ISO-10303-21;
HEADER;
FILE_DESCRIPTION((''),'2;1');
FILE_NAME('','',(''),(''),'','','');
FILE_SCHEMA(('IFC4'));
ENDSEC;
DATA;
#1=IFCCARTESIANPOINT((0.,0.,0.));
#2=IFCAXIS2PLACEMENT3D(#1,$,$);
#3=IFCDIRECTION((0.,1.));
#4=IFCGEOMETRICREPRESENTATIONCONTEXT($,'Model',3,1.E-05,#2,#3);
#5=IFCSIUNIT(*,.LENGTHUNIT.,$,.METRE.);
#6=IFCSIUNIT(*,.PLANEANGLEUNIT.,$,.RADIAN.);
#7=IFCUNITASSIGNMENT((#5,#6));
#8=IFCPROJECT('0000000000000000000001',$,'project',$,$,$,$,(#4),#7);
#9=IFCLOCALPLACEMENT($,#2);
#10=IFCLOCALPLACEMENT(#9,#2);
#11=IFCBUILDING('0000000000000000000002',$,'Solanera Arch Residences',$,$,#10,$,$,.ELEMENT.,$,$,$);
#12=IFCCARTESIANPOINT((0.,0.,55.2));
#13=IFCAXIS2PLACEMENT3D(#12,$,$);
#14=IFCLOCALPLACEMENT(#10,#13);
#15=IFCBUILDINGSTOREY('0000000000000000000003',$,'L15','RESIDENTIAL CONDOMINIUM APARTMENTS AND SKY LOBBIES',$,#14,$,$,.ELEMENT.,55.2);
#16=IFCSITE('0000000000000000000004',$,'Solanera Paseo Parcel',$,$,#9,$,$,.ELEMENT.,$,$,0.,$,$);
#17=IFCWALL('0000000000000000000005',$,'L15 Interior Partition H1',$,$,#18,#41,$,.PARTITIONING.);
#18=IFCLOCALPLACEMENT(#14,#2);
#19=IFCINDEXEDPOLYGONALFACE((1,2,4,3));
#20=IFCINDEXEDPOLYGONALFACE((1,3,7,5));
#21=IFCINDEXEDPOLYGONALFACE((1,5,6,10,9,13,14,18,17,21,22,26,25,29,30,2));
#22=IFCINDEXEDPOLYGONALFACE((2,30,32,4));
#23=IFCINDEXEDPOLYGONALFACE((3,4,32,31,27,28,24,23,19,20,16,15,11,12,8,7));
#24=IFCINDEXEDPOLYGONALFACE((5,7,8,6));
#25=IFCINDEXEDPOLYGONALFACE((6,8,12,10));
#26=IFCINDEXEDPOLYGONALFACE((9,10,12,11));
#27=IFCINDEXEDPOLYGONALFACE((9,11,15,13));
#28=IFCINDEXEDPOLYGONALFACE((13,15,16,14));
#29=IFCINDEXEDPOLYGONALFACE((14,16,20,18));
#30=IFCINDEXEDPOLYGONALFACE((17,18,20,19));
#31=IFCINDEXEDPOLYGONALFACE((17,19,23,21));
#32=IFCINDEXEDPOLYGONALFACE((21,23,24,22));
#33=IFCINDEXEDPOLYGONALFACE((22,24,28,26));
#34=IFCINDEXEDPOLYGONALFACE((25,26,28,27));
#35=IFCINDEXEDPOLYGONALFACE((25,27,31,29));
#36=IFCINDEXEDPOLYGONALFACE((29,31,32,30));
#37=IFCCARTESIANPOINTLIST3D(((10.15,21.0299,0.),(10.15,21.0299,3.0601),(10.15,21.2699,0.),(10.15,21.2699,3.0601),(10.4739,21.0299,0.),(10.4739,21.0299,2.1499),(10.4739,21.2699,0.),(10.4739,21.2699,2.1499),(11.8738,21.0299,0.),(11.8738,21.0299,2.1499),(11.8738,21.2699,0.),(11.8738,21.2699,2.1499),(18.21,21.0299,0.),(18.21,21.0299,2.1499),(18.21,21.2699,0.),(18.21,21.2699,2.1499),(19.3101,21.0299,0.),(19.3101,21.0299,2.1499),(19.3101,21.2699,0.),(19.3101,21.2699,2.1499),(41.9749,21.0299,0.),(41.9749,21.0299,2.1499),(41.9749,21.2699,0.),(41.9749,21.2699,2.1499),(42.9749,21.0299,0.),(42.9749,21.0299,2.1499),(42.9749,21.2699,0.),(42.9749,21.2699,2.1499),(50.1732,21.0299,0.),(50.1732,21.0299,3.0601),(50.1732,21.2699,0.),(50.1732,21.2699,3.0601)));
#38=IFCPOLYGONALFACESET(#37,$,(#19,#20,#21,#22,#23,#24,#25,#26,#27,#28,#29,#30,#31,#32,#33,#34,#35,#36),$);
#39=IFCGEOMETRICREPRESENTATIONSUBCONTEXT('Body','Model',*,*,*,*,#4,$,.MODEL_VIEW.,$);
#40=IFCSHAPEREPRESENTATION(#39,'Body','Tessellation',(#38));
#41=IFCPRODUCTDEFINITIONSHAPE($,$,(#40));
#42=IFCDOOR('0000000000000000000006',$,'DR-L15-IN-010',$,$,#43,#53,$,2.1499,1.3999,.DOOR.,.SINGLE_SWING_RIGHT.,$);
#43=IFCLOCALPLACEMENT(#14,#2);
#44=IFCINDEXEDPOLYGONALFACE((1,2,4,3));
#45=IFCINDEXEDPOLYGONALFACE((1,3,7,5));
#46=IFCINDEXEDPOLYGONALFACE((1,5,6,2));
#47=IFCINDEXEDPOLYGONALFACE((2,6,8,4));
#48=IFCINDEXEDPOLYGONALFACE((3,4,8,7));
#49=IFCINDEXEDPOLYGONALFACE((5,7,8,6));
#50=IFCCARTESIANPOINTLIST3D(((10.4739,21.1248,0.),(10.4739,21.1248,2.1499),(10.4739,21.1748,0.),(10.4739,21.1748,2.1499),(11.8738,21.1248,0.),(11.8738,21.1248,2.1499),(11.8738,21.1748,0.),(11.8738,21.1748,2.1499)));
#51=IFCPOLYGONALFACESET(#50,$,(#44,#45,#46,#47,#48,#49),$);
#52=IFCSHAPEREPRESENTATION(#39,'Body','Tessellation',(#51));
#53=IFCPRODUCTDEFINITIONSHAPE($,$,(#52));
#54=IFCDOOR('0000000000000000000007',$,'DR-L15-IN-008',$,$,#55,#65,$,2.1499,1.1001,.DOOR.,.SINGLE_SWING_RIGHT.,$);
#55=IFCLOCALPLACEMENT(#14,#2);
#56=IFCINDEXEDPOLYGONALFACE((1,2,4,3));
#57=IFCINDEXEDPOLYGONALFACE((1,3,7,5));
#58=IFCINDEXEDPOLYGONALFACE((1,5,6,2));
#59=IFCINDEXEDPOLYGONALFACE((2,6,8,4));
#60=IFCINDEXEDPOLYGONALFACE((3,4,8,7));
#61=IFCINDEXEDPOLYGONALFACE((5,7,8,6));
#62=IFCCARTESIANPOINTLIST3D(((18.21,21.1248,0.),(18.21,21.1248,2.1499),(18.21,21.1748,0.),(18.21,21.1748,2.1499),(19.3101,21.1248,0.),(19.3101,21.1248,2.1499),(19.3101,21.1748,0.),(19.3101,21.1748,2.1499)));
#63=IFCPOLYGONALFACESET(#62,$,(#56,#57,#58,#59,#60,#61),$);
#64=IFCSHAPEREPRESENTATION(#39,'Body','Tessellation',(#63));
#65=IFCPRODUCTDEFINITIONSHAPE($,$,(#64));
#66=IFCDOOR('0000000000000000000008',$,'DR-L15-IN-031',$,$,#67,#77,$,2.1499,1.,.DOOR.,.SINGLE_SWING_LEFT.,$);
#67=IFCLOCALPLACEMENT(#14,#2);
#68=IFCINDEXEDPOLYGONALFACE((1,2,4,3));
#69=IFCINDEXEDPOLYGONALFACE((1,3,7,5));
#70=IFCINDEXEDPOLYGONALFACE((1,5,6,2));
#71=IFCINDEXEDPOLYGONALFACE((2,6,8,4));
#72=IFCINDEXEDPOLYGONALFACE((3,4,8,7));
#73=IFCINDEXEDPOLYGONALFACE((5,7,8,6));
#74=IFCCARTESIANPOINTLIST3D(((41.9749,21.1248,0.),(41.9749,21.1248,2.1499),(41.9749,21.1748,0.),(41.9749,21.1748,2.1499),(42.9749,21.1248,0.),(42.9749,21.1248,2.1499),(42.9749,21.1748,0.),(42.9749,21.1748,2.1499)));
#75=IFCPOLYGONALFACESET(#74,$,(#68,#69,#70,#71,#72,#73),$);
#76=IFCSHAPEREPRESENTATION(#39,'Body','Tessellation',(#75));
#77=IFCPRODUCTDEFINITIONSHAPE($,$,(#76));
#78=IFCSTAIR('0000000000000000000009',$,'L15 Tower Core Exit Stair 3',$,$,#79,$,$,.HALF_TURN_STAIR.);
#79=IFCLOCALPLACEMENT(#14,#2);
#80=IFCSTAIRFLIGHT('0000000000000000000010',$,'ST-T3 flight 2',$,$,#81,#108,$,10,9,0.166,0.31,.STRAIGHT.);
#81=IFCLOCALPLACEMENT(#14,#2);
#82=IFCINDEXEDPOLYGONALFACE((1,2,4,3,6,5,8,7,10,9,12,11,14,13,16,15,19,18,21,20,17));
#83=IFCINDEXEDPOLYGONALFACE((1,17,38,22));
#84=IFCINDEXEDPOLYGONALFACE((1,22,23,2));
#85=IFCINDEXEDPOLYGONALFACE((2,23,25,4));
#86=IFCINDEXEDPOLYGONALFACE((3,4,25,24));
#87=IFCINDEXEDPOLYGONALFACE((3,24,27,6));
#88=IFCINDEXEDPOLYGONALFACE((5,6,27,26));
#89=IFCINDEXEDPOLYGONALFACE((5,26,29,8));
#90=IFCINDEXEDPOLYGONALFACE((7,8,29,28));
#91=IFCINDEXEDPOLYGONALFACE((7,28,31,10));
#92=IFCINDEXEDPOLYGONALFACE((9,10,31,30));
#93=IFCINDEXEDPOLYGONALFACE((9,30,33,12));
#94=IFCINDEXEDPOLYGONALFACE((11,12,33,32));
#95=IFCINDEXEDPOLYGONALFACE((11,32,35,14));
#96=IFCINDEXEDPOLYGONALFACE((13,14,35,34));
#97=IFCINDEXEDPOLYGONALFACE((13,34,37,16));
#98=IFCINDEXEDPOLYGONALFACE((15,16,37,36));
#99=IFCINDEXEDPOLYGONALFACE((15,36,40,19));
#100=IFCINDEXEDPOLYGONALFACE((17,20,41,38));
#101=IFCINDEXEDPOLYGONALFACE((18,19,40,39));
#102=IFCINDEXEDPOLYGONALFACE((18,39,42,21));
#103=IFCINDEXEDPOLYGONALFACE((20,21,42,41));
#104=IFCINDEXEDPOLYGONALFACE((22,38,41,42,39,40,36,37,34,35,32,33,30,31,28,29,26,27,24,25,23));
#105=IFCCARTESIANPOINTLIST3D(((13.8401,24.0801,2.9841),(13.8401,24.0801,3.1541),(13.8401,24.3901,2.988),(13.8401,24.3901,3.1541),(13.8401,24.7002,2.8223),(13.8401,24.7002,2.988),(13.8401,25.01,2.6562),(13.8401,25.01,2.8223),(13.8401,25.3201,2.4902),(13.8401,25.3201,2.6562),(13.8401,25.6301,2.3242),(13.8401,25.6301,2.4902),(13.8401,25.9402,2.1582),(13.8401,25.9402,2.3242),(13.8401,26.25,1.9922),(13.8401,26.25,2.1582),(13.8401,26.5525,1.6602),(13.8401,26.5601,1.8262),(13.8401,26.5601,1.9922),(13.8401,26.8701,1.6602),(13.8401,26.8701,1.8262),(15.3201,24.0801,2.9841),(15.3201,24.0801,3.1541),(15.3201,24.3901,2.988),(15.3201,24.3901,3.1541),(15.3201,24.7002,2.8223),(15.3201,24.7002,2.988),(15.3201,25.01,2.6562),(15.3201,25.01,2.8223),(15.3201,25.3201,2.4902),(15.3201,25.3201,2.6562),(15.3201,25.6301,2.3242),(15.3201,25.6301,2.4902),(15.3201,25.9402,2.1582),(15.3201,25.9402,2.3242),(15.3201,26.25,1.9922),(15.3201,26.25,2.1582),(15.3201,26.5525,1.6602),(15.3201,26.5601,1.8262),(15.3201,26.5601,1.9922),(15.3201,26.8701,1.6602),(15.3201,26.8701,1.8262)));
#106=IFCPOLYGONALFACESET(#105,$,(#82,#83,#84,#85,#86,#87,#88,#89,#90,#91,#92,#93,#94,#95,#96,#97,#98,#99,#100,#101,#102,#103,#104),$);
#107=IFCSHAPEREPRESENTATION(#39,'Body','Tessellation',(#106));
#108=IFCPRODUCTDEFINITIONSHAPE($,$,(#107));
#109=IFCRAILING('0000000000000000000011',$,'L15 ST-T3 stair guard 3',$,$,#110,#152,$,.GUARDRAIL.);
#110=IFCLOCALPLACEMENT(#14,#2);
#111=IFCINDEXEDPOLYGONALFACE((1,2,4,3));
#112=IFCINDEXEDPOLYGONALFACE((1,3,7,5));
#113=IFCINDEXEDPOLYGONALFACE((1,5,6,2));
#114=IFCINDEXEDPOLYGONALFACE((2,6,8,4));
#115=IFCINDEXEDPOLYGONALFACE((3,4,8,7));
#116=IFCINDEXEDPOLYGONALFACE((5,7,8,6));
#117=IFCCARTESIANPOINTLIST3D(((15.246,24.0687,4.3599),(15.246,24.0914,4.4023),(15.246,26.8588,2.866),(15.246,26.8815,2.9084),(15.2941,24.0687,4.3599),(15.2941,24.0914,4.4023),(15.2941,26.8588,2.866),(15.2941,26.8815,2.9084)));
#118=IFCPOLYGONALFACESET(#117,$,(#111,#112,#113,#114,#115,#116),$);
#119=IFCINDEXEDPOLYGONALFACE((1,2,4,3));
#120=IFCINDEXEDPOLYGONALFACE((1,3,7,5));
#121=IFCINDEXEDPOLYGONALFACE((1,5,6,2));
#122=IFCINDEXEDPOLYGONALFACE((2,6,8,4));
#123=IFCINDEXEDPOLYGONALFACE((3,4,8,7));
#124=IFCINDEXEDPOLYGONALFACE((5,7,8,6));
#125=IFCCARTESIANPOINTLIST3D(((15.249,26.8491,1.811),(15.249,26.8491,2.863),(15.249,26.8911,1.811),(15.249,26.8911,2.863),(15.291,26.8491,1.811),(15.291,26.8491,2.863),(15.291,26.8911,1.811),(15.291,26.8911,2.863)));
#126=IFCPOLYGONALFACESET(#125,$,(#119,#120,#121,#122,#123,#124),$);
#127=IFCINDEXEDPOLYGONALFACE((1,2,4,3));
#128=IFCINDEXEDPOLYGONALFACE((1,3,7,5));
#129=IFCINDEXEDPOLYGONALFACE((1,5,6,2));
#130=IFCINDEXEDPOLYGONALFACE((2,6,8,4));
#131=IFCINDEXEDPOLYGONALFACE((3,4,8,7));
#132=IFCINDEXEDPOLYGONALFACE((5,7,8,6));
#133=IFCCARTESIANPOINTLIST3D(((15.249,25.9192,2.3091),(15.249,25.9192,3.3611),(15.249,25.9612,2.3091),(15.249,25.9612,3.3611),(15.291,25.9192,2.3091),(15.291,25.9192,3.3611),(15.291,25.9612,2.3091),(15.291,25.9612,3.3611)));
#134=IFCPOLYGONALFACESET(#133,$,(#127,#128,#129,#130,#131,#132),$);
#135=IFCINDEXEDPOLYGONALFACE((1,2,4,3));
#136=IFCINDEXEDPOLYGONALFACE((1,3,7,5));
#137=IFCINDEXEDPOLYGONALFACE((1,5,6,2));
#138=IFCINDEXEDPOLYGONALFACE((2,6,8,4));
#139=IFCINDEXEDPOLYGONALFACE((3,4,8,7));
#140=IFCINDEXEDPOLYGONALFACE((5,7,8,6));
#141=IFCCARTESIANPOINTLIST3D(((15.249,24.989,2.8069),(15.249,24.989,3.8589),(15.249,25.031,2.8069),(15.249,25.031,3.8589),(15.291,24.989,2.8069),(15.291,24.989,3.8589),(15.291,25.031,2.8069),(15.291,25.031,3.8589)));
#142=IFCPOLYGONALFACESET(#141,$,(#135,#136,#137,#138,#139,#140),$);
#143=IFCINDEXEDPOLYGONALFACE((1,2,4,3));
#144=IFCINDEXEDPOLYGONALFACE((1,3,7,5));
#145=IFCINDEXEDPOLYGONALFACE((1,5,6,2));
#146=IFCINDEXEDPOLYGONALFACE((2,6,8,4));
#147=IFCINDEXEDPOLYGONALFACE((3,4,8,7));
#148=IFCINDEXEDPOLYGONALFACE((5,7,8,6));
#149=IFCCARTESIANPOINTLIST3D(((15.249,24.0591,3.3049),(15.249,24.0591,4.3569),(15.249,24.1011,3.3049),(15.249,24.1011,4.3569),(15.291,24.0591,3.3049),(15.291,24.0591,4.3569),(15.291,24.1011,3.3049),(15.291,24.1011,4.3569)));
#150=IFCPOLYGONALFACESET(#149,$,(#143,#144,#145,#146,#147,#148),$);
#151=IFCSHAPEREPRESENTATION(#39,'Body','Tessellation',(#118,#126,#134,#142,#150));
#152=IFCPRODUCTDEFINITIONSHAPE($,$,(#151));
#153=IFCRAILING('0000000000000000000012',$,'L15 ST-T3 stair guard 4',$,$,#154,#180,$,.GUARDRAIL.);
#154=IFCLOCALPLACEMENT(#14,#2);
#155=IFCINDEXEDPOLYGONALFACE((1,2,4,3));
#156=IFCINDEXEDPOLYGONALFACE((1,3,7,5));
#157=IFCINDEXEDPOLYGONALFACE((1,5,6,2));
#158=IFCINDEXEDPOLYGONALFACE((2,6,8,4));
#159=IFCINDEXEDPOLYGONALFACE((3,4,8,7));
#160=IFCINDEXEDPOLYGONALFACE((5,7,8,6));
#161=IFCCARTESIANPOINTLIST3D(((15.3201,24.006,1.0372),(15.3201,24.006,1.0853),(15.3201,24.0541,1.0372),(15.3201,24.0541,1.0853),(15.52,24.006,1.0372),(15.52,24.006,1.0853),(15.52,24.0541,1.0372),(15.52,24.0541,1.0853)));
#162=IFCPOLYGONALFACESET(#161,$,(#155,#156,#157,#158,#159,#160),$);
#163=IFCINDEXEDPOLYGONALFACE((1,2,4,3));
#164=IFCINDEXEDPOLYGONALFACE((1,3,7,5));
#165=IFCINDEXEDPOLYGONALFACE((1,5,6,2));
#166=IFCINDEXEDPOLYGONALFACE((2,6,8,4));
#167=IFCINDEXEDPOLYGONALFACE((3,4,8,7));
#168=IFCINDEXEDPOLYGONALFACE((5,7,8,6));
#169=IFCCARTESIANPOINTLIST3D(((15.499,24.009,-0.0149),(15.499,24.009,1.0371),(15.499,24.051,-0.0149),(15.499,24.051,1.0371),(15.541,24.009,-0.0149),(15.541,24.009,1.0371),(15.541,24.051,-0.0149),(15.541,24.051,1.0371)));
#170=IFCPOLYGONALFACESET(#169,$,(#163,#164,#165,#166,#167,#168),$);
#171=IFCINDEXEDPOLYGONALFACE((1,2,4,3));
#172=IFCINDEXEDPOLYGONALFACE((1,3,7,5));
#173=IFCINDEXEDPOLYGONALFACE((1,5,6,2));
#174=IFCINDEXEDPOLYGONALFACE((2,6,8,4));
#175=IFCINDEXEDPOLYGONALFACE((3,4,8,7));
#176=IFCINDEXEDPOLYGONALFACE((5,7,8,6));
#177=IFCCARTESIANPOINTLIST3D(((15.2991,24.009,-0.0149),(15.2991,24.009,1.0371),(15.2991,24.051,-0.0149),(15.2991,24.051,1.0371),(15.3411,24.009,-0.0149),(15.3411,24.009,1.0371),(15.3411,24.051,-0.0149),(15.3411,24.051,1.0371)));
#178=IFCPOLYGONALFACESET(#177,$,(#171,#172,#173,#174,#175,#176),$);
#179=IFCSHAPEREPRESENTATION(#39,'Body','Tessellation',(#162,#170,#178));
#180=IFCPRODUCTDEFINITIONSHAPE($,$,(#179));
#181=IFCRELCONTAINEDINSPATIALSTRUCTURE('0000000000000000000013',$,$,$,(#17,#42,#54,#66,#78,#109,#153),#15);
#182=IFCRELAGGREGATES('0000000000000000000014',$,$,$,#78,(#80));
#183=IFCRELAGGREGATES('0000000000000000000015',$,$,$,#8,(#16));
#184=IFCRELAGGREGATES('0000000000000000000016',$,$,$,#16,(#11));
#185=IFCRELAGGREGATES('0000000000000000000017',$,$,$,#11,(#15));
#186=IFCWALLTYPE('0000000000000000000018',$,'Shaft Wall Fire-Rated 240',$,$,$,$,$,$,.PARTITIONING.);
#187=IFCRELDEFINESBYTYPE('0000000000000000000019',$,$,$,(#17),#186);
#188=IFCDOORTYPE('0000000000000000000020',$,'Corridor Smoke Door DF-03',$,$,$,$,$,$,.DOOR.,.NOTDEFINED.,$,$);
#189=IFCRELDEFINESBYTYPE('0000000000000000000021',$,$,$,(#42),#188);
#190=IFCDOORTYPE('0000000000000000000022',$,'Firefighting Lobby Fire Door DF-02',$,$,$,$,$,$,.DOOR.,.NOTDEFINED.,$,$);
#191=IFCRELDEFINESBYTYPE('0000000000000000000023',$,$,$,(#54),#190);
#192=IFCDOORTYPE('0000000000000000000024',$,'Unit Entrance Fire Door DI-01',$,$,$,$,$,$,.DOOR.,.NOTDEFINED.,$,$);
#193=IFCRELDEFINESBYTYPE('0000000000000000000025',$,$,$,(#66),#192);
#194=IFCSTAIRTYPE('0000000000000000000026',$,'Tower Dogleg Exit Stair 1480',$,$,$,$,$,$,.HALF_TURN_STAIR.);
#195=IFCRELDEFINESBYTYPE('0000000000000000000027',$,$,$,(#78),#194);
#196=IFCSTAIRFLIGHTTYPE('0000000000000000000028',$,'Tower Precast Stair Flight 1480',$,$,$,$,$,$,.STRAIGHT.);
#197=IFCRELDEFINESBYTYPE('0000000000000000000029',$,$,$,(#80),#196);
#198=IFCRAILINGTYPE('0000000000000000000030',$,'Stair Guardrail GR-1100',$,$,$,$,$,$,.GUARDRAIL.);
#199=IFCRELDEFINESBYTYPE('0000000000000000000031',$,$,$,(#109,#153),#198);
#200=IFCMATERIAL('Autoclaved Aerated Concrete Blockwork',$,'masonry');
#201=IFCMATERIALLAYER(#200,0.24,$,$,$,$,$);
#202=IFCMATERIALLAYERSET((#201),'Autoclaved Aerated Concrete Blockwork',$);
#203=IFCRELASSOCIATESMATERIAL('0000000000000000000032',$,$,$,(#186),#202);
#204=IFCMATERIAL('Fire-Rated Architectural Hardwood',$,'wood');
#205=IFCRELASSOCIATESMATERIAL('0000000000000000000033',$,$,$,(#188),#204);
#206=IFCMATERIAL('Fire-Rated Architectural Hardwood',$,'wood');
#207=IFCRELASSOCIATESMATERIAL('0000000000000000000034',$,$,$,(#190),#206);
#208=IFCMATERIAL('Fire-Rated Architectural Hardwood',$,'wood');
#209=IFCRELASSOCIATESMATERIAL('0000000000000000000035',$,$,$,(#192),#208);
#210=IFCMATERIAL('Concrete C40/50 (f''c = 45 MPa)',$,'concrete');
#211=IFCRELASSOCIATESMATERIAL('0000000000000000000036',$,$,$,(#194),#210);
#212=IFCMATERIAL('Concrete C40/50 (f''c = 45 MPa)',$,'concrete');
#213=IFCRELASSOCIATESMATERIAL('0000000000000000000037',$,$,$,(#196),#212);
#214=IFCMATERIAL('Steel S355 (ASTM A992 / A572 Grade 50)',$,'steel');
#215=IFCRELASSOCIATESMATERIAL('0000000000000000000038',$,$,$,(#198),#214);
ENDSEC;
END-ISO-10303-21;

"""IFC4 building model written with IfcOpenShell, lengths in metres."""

from ifc_helpers import new_model, si_unit, direction, frame, frame_2d, origin, origin_2d, place, context, subcontext, project, spatial, polyline, rectangle, outline, extrude, material, layer, layer_set, type_object, element, fill, aggregate, save


model = new_model("IFC4")

# Units and contexts
model_context = context("Model", 3, precision=1e-05, world=origin(), true_north=direction((0.0, 1.0)))
body_context = subcontext(model_context, "Body", "Model", "MODEL_VIEW")
ifc_project = project(units=[si_unit("LENGTHUNIT", "METRE"), si_unit("PLANEANGLEUNIT", "RADIAN")], contexts=[model_context])

# Site, building, storey
site_placement = place(None, origin())
site = spatial("IfcSite", under=ifc_project, at=site_placement, Name="Solanera Paseo Parcel", CompositionType="ELEMENT", RefElevation=0.0)
building_placement = place(site_placement, origin())
building = spatial("IfcBuilding", under=site, at=building_placement, Name="Solanera Arch Residences", CompositionType="ELEMENT")
storey_placement = place(building_placement, frame((0.0, 0.0, 55.2)))
storey = spatial("IfcBuildingStorey", under=building, at=storey_placement, Name="L15", Description="RESIDENTIAL CONDOMINIUM APARTMENTS AND SKY LOBBIES", CompositionType="ELEMENT", Elevation=55.2)

# Wall, openings, doors
ifc_material_1 = material(Name="Autoclaved Aerated Concrete Blockwork", Category="masonry")
ifc_layer_1 = layer(ifc_material_1, 0.24)
ifc_layer_set_1 = layer_set([ifc_layer_1], Name="Autoclaved Aerated Concrete Blockwork")
wall_type_1 = type_object("IfcWallType", Name="Shaft Wall Fire-Rated 240", PredefinedType="PARTITIONING", material=ifc_layer_set_1)
wall_1_placement = place(storey_placement, frame((10.1499, 21.1499, 0.0), z_axis=(0.0, 0.0, 1.0), x_axis=(1.0, 0.0, 0.0)))
wall_1 = element("IfcWall", 1, at=wall_1_placement, inside=storey, type_object=wall_type_1, Name="L15 Interior Partition H1", PredefinedType="PARTITIONING", context=body_context, shape_type="SweptSolid", body=[
    extrude(rectangle(XDim=40.0232, YDim=0.24, at=frame_2d((20.0117, 0.0))), origin(), (0.0, 0.0, 1.0), 3.0601),
])
opening_1_placement = place(wall_1_placement, frame((8.0601, 0.0, 0.0)))
opening_1 = element("IfcOpeningElement", 2, at=opening_1_placement, cuts=wall_1, PredefinedType="OPENING", context=body_context, shape_type="SweptSolid", body=[
    extrude(rectangle(XDim=1.1001, YDim=2.1499, at=frame_2d((0.55, 1.075))), frame((0.0, 0.1299, 0.0), z_axis=(0.0, -1.0, 0.0), x_axis=(1.0, 0.0, 0.0)), (0.0, 0.0, 1.0), 0.26),
])
opening_2_placement = place(wall_1_placement, frame((0.324, 0.0, 0.0)))
opening_2 = element("IfcOpeningElement", 3, at=opening_2_placement, cuts=wall_1, PredefinedType="OPENING", context=body_context, shape_type="SweptSolid", body=[
    extrude(rectangle(XDim=1.3999, YDim=2.1499, at=frame_2d((0.7, 1.075))), frame((0.0, 0.1299, 0.0), z_axis=(0.0, -1.0, 0.0), x_axis=(1.0, 0.0, 0.0)), (0.0, 0.0, 1.0), 0.26),
])
opening_3_placement = place(wall_1_placement, frame((31.825, 0.0, 0.0)))
opening_3 = element("IfcOpeningElement", 4, at=opening_3_placement, cuts=wall_1, PredefinedType="OPENING", context=body_context, shape_type="SweptSolid", body=[
    extrude(rectangle(XDim=1.0, YDim=2.1499, at=frame_2d((0.5, 1.075))), frame((0.0, 0.1299, 0.0), z_axis=(0.0, -1.0, 0.0), x_axis=(1.0, 0.0, 0.0)), (0.0, 0.0, 1.0), 0.26),
])
ifc_material_2 = material(Name="Fire-Rated Architectural Hardwood", Category="wood")
door_type_1 = type_object("IfcDoorType", Name="Corridor Smoke Door DF-03", OperationType="NOTDEFINED", PredefinedType="DOOR", material=ifc_material_2)
door_1_placement = place(opening_2_placement, origin())
door_1 = element("IfcDoor", 5, at=door_1_placement, inside=storey, type_object=door_type_1, Name="DR-L15-IN-010", OperationType="SINGLE_SWING_RIGHT", OverallHeight=2.1499, OverallWidth=1.3999, PredefinedType="DOOR", context=body_context, shape_type="SweptSolid", body=[
    extrude(rectangle(XDim=1.3999, YDim=2.1499, at=frame_2d((0.7, 1.075))), frame((0.0, 0.0249, 0.0), z_axis=(0.0, -1.0, 0.0), x_axis=(1.0, 0.0, 0.0)), (0.0, 0.0, 1.0), 0.05),
])
fill(opening_2, door_1)
ifc_material_3 = material(Name="Fire-Rated Architectural Hardwood", Category="wood")
door_type_2 = type_object("IfcDoorType", Name="Firefighting Lobby Fire Door DF-02", OperationType="NOTDEFINED", PredefinedType="DOOR", material=ifc_material_3)
door_2_placement = place(opening_1_placement, origin())
door_2 = element("IfcDoor", 6, at=door_2_placement, inside=storey, type_object=door_type_2, Name="DR-L15-IN-008", OperationType="SINGLE_SWING_RIGHT", OverallHeight=2.1499, OverallWidth=1.1001, PredefinedType="DOOR", context=body_context, shape_type="SweptSolid", body=[
    extrude(rectangle(XDim=1.1001, YDim=2.1499, at=frame_2d((0.55, 1.075))), frame((0.0, 0.0249, 0.0), z_axis=(0.0, -1.0, 0.0), x_axis=(1.0, 0.0, 0.0)), (0.0, 0.0, 1.0), 0.05),
])
fill(opening_1, door_2)
ifc_material_4 = material(Name="Fire-Rated Architectural Hardwood", Category="wood")
door_type_3 = type_object("IfcDoorType", Name="Unit Entrance Fire Door DI-01", OperationType="NOTDEFINED", PredefinedType="DOOR", material=ifc_material_4)
door_3_placement = place(opening_3_placement, origin())
door_3 = element("IfcDoor", 7, at=door_3_placement, inside=storey, type_object=door_type_3, Name="DR-L15-IN-031", OperationType="SINGLE_SWING_LEFT", OverallHeight=2.1499, OverallWidth=1.0, PredefinedType="DOOR", context=body_context, shape_type="SweptSolid", body=[
    extrude(rectangle(XDim=1.0, YDim=2.1499, at=frame_2d((0.5, 1.075))), frame((0.0, 0.0249, 0.0), z_axis=(0.0, -1.0, 0.0), x_axis=(1.0, 0.0, 0.0)), (0.0, 0.0, 1.0), 0.05),
])
fill(opening_3, door_3)

# Stair, stair flight
ifc_material_5 = material(Name="Concrete C40/50 (f'c = 45 MPa)", Category="concrete")
stair_type = type_object("IfcStairType", Name="Tower Dogleg Exit Stair 1480", PredefinedType="HALF_TURN_STAIR", material=ifc_material_5)
stair_placement = place(storey_placement, origin())
stair = element("IfcStair", 8, at=stair_placement, inside=storey, type_object=stair_type, Name="L15 Tower Core Exit Stair 3", PredefinedType="HALF_TURN_STAIR")
ifc_material_6 = material(Name="Concrete C40/50 (f'c = 45 MPa)", Category="concrete")
stair_flight_type = type_object("IfcStairFlightType", Name="Tower Precast Stair Flight 1480", PredefinedType="STRAIGHT", material=ifc_material_6)
stair_flight_placement = place(storey_placement, frame((14.5801, 26.8701, 1.6602), z_axis=(0.0, 0.0, 1.0), x_axis=(0.0, -1.0, 0.0)))
stair_flight = element("IfcStairFlight", 9, at=stair_flight_placement, type_object=stair_flight_type, Name="ST-T3 flight 2", NumberOfRisers=10, NumberOfTreads=9, PredefinedType="STRAIGHT", RiserHeight=0.166, TreadLength=0.31, context=body_context, shape_type="SweptSolid", body=[
    extrude(outline(polyline([(0.0, 0.0), (0.0, 0.166), (0.3101, 0.166), (0.3101, 0.332), (0.6201, 0.332), (0.6201, 0.498), (0.9299, 0.498), (0.9299, 0.6641), (1.24, 0.6641), (1.24, 0.8301), (1.55, 0.8301), (1.55, 0.9961), (1.8601, 0.9961), (1.8601, 1.1621), (2.1699, 1.1621), (2.1699, 1.3279), (2.48, 1.3279), (2.48, 1.4939), (2.79, 1.4939), (2.79, 1.6599), (2.79, 1.324), (0.3176, 0.0), (0.0, 0.0)])), frame((0.0, 0.74, 0.0), z_axis=(0.0, -1.0, 0.0), x_axis=(1.0, 0.0, 0.0)), (0.0, 0.0, 1.0), 1.48),
])
aggregate(stair, [stair_flight])

# Railings
ifc_material_7 = material(Name="Steel S355 (ASTM A992 / A572 Grade 50)", Category="steel")
railing_type_1 = type_object("IfcRailingType", Name="Stair Guardrail GR-1100", PredefinedType="GUARDRAIL", material=ifc_material_7)
railing_1_placement = place(storey_placement, frame((15.27, 26.8701, 1.811)))
element("IfcRailing", 10, at=railing_1_placement, inside=storey, type_object=railing_type_1, Name="L15 ST-T3 stair guard 3", PredefinedType="GUARDRAIL", context=body_context, shape_type="SweptSolid", body=[
    extrude(rectangle(XDim=0.0481, YDim=0.0481, at=origin_2d()), frame((0.0, 0.0, 1.0762), z_axis=(0.0, -0.881581, 0.472033), x_axis=(1.0, 0.0, 0.0)), (0.0, 0.0, 1.0), 3.1648),
    extrude(rectangle(XDim=0.042, YDim=0.042, at=origin_2d()), origin(), (0.0, 0.0, 1.0), 1.052),
    extrude(rectangle(XDim=0.042, YDim=0.042, at=origin_2d()), frame((0.0, -0.9299, 0.498)), (0.0, 0.0, 1.0), 1.052),
    extrude(rectangle(XDim=0.042, YDim=0.042, at=origin_2d()), frame((0.0, -1.8601, 0.9958)), (0.0, 0.0, 1.0), 1.052),
    extrude(rectangle(XDim=0.042, YDim=0.042, at=origin_2d()), frame((0.0, -2.79, 1.4939)), (0.0, 0.0, 1.0), 1.052),
])
railing_2_placement = place(storey_placement, frame((15.52, 24.03, -0.0149)))
element("IfcRailing", 11, at=railing_2_placement, inside=storey, type_object=railing_type_1, Name="L15 ST-T3 stair guard 4", PredefinedType="GUARDRAIL", context=body_context, shape_type="SweptSolid", body=[
    extrude(rectangle(XDim=0.0481, YDim=0.0481, at=origin_2d()), frame((0.0, 0.0, 1.0762), z_axis=(-1.0, 0.0, 0.0), x_axis=(0.0, -1.0, 0.0)), (0.0, 0.0, 1.0), 0.2),
    extrude(rectangle(XDim=0.042, YDim=0.042, at=origin_2d()), origin(), (0.0, 0.0, 1.0), 1.052),
    extrude(rectangle(XDim=0.042, YDim=0.042, at=origin_2d()), frame((-0.2, 0.0, 0.0)), (0.0, 0.0, 1.0), 1.052),
])

save(model, "model.ifc")
